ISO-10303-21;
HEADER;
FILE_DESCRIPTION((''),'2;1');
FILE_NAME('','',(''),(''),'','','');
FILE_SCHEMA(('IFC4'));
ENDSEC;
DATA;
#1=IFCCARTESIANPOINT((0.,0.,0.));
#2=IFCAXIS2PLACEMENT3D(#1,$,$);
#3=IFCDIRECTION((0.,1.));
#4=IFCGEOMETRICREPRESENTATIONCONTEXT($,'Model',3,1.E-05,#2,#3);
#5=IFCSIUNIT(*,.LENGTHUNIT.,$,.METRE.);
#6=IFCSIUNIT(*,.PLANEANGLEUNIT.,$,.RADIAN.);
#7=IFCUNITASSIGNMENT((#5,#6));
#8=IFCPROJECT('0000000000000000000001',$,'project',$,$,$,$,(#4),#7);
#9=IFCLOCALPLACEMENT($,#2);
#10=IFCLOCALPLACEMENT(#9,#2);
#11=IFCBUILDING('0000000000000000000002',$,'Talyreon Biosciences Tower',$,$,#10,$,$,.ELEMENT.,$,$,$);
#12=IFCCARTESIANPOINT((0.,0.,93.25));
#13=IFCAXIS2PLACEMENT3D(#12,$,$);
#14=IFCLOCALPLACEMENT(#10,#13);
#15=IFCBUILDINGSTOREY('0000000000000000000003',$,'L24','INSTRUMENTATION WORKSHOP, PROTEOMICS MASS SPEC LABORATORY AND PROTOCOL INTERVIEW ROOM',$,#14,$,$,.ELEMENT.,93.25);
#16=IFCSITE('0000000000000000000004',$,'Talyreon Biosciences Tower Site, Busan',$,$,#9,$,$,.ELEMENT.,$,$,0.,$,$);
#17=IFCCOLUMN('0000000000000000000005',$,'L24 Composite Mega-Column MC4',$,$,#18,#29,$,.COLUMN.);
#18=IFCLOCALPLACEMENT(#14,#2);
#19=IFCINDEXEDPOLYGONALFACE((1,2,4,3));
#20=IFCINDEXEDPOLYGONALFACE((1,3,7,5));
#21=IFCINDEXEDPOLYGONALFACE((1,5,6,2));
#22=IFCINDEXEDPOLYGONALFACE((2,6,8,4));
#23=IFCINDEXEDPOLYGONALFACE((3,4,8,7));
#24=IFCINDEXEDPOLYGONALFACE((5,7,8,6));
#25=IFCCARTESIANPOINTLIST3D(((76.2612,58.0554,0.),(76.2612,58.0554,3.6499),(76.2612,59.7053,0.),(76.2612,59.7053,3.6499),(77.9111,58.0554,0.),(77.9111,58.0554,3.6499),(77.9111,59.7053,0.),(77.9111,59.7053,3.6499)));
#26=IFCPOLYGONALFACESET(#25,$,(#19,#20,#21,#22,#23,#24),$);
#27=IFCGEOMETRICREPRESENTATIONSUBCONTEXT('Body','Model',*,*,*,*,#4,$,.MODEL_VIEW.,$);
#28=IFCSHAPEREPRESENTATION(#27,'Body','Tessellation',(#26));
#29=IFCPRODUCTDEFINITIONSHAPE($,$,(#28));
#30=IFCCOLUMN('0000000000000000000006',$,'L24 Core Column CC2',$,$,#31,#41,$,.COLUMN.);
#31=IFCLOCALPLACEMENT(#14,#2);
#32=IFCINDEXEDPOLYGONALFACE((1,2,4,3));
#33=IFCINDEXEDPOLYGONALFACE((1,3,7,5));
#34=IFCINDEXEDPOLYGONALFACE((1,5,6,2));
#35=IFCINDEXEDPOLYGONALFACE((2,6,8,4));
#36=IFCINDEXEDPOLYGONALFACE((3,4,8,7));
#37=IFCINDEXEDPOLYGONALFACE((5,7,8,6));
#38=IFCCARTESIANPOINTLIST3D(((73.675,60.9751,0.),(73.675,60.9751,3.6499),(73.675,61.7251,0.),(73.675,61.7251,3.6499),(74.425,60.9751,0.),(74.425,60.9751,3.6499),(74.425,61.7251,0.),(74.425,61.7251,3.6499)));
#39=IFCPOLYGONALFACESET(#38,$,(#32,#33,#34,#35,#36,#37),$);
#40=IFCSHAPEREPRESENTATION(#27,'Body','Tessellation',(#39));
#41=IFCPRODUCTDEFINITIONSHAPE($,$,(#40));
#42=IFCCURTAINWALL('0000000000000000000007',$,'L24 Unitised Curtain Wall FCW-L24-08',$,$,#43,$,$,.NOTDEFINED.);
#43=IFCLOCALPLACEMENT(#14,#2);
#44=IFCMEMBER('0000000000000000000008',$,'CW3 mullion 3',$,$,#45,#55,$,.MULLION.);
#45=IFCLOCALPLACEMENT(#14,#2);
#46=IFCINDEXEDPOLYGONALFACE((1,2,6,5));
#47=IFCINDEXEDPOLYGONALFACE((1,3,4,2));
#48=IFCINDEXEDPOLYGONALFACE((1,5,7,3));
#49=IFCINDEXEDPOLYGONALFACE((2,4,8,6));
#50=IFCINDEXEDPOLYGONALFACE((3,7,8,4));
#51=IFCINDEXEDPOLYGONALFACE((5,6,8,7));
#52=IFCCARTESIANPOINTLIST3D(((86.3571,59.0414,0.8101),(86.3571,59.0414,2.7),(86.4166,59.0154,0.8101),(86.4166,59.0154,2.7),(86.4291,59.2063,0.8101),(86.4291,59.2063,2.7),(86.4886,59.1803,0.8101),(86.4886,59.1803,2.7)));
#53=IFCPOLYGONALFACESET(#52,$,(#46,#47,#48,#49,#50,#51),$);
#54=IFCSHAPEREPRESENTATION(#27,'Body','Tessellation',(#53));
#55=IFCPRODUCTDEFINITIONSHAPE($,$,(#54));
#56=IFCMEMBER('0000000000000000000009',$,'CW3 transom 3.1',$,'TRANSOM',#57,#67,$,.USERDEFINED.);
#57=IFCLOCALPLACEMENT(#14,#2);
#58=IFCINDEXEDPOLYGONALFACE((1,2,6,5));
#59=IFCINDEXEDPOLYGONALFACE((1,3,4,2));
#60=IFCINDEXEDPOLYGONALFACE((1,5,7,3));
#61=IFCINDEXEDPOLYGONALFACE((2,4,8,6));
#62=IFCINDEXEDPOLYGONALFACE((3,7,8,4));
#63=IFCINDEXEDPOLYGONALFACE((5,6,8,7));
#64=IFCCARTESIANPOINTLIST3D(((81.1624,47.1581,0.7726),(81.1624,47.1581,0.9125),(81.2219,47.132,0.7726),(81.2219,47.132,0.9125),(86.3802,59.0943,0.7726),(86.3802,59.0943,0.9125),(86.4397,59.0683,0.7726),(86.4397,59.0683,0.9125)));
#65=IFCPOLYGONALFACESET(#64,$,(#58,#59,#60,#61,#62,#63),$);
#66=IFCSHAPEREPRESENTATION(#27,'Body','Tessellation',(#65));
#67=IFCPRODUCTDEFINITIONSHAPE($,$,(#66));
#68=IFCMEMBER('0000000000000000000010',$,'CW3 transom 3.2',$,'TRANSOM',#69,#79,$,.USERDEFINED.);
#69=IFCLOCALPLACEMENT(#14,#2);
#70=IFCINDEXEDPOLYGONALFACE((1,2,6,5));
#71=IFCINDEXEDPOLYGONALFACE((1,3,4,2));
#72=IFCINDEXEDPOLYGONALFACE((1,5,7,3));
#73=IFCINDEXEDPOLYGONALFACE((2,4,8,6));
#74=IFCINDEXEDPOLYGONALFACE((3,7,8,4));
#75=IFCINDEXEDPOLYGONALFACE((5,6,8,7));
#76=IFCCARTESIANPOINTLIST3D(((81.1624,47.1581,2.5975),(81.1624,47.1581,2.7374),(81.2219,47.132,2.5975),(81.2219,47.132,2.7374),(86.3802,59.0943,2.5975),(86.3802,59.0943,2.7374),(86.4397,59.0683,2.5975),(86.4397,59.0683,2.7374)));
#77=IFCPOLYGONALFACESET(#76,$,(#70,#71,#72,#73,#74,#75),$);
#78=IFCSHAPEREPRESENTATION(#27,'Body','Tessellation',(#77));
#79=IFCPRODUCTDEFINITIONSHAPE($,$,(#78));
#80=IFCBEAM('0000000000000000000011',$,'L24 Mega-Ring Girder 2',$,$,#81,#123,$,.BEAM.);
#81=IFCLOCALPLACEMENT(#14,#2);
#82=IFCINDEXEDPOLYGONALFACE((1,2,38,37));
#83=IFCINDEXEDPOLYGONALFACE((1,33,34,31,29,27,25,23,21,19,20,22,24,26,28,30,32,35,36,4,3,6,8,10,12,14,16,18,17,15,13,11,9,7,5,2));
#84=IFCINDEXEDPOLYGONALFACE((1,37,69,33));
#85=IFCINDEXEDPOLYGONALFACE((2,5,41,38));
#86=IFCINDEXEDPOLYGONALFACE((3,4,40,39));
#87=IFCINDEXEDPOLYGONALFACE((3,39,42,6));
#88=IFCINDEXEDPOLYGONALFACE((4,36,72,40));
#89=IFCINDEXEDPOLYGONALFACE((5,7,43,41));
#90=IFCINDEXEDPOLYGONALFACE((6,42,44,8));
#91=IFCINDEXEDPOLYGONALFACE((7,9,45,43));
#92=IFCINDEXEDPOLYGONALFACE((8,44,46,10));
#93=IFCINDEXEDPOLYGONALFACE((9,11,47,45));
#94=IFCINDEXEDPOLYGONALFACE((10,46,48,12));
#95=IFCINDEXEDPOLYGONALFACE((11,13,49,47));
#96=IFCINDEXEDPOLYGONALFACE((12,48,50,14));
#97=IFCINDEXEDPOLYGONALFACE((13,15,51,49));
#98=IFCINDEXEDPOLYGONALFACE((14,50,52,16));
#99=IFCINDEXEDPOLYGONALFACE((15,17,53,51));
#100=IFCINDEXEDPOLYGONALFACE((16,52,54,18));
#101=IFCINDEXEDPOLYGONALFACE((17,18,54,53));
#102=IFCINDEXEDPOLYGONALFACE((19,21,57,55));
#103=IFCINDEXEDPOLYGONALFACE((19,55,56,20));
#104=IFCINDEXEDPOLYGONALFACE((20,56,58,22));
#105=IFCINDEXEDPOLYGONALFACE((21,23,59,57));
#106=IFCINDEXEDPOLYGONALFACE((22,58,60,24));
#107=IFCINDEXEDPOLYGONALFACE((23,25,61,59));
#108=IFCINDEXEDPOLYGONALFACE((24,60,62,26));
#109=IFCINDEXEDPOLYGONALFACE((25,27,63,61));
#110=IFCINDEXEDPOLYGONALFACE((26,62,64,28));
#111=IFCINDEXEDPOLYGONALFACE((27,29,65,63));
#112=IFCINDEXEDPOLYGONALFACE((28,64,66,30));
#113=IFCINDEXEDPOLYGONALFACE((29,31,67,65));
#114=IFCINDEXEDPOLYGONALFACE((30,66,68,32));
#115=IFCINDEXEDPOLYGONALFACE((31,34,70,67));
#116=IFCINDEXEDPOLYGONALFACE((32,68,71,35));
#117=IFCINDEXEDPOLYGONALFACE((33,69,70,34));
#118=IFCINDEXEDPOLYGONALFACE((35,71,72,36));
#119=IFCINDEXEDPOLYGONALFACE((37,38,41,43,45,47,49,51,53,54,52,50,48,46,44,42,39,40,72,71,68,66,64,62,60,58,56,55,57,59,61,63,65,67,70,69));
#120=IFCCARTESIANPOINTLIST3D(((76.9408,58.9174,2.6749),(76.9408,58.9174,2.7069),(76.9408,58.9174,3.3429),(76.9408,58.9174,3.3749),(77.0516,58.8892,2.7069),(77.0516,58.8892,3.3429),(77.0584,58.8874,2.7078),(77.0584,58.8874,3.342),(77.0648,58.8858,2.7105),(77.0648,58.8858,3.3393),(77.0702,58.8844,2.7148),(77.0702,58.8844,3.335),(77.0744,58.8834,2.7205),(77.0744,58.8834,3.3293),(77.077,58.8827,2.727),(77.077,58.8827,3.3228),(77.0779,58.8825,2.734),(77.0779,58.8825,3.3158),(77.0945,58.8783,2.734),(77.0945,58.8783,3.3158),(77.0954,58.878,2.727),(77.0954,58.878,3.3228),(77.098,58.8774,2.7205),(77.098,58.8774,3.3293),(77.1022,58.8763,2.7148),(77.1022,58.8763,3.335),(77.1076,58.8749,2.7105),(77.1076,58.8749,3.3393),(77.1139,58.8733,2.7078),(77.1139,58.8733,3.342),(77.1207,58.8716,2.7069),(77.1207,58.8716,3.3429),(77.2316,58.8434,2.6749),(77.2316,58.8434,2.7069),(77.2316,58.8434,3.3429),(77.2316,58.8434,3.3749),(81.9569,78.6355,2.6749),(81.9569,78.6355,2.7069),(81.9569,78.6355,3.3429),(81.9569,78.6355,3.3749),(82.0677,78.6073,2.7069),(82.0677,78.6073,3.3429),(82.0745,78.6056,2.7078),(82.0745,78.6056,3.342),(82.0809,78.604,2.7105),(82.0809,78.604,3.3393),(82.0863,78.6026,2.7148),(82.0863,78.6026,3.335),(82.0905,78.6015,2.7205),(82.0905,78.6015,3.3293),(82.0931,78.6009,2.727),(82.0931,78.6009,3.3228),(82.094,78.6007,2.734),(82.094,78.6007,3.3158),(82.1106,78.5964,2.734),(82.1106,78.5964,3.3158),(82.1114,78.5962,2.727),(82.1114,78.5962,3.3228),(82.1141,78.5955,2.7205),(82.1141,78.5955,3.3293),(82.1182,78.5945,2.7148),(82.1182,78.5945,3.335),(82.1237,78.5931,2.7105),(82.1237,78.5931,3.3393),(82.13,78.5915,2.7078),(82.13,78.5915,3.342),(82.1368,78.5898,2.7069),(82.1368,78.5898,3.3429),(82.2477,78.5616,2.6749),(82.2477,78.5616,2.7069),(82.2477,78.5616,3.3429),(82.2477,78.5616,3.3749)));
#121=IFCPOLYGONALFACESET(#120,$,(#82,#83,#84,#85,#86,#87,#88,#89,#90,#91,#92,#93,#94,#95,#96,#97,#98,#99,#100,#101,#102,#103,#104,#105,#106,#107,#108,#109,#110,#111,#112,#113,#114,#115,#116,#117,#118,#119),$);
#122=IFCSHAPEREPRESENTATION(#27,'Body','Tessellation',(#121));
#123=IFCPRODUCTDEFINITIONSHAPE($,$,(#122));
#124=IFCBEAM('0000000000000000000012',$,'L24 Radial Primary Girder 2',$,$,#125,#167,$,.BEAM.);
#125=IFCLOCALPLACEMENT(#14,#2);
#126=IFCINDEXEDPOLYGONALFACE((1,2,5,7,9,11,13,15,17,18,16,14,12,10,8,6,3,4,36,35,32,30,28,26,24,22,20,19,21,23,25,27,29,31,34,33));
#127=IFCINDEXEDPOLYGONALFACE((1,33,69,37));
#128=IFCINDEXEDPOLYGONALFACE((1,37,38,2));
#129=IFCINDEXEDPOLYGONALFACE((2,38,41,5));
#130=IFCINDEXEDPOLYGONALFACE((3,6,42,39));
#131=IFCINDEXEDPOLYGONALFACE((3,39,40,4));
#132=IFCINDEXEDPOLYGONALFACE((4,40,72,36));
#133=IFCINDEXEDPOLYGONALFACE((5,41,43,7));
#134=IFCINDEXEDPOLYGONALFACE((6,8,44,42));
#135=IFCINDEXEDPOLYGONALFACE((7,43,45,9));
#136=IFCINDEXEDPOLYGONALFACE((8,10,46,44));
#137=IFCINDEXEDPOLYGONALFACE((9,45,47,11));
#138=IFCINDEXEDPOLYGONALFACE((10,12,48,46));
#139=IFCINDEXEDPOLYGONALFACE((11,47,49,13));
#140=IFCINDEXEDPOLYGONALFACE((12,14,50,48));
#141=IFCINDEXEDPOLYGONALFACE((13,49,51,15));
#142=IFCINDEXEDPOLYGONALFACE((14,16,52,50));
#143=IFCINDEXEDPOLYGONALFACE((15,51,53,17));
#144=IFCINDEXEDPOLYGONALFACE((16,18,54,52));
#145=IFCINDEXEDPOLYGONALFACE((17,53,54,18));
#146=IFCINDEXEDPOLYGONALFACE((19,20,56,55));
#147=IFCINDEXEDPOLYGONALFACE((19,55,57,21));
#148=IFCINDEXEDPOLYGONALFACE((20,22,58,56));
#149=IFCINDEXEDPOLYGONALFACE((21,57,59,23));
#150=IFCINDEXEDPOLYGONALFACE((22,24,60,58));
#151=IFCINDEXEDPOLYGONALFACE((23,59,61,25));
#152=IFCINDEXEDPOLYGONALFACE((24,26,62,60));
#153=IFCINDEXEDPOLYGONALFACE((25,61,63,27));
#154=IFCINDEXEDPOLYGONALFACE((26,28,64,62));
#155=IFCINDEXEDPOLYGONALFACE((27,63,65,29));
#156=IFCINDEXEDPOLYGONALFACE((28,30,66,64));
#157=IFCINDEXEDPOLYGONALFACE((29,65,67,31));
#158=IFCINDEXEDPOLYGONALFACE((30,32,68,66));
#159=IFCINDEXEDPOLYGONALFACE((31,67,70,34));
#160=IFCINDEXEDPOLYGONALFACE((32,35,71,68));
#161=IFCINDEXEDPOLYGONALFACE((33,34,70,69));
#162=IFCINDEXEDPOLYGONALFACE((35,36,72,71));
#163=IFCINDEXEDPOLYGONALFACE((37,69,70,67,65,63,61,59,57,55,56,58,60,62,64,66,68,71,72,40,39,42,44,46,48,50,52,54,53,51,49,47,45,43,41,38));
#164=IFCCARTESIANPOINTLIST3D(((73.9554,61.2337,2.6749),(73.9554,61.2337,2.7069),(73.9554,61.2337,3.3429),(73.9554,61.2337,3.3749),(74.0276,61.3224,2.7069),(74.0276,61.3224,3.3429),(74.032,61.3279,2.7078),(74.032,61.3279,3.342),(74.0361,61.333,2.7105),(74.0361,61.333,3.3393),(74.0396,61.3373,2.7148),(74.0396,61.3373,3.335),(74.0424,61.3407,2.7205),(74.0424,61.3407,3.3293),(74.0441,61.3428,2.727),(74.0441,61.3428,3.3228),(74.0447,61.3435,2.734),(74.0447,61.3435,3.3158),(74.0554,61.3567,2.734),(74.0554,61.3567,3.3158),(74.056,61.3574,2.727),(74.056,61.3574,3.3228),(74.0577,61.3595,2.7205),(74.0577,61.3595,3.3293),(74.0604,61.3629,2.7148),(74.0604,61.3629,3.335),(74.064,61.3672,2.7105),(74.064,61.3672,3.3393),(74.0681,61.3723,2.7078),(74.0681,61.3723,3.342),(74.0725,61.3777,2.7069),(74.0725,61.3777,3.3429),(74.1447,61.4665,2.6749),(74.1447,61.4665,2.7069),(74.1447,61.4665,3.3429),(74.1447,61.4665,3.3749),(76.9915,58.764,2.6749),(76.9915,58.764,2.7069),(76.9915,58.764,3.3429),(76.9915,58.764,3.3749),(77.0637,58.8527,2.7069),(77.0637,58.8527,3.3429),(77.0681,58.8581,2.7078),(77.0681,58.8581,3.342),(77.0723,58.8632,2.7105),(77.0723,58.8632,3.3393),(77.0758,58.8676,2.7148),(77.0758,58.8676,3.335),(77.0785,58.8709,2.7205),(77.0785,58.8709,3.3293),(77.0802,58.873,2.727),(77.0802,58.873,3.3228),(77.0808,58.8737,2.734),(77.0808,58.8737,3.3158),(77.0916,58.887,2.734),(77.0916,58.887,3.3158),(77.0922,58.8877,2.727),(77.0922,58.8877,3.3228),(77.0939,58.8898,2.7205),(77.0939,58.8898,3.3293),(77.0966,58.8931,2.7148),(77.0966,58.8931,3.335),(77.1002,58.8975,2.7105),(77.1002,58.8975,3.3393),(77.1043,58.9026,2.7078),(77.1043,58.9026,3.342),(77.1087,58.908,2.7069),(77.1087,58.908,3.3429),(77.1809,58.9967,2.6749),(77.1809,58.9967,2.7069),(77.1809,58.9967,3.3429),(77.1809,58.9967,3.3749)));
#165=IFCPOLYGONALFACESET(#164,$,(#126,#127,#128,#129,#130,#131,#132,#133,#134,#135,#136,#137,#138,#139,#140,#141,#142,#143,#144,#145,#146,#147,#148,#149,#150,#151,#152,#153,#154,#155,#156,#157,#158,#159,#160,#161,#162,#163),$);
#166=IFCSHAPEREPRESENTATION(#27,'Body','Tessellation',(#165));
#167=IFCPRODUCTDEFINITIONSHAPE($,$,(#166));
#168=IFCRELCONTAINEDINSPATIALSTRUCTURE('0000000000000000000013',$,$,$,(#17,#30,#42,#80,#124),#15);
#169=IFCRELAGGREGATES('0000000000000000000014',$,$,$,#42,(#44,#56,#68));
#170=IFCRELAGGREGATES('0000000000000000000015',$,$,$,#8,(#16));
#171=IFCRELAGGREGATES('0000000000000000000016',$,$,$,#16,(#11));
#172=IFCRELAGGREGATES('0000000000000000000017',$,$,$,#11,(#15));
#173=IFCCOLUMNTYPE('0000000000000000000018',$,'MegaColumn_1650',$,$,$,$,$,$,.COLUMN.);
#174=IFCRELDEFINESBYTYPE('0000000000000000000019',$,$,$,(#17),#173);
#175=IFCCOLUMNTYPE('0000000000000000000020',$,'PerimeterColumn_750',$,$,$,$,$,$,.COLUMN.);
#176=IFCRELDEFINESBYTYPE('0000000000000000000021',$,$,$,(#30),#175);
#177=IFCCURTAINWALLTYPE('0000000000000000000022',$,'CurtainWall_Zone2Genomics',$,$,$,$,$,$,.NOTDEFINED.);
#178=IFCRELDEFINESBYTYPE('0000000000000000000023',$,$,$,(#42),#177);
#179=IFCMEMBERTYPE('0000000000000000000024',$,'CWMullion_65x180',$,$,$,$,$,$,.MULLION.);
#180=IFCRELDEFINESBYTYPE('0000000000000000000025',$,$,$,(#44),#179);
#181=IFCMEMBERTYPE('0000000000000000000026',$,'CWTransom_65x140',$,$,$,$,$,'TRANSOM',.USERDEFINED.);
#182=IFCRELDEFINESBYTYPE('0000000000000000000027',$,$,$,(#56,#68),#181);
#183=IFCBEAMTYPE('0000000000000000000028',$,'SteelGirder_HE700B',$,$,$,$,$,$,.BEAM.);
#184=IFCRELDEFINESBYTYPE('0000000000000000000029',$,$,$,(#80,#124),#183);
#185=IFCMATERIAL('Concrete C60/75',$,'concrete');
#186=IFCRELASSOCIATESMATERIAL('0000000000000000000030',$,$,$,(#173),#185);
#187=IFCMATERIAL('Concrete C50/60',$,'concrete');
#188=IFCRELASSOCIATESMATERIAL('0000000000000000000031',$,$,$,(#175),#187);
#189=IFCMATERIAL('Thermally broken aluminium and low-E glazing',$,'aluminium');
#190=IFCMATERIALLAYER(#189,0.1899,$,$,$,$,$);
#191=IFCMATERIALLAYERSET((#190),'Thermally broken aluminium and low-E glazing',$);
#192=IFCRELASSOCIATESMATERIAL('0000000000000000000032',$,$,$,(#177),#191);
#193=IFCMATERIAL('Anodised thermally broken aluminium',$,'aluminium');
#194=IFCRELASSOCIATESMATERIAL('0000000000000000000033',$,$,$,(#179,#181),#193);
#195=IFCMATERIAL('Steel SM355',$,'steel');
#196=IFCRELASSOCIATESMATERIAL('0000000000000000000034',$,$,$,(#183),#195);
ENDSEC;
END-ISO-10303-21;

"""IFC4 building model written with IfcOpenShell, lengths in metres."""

from ifc_helpers import new_model, si_unit, direction, frame, origin, origin_2d, place, context, subcontext, project, spatial, rectangle, i_section, extrude, material, layer, layer_set, material_profile, profile_set, type_object, element, aggregate, save


model = new_model("IFC4")

# Units and contexts
model_context = context("Model", 3, precision=1e-05, world=origin(), true_north=direction((0.0, 1.0)))
body_context = subcontext(model_context, "Body", "Model", "MODEL_VIEW")
ifc_project = project(units=[si_unit("LENGTHUNIT", "METRE"), si_unit("PLANEANGLEUNIT", "RADIAN")], contexts=[model_context])

# Site, building, storey
site_placement = place(None, origin())
site = spatial("IfcSite", under=ifc_project, at=site_placement, Name="Talyreon Biosciences Tower Site, Busan", CompositionType="ELEMENT", RefElevation=0.0)
building_placement = place(site_placement, origin())
building = spatial("IfcBuilding", under=site, at=building_placement, Name="Talyreon Biosciences Tower", CompositionType="ELEMENT")
storey_placement = place(building_placement, frame((0.0, 0.0, 93.25)))
storey = spatial("IfcBuildingStorey", under=building, at=storey_placement, Name="L24", Description="INSTRUMENTATION WORKSHOP, PROTEOMICS MASS SPEC LABORATORY AND PROTOCOL INTERVIEW ROOM", CompositionType="ELEMENT", Elevation=93.25)

# Columns
ifc_material_1 = material(Name="Concrete C60/75", Category="concrete")
ifc_material_profile_1 = material_profile(ifc_material_1, rectangle(XDim=1.6499, YDim=1.6499, at=origin_2d()), Name="RC 1650x1650")
ifc_profile_set_1 = profile_set([ifc_material_profile_1], Name="Concrete C60/75")
column_type_1 = type_object("IfcColumnType", Name="MegaColumn_1650", PredefinedType="COLUMN", material=ifc_profile_set_1)
column_1_placement = place(storey_placement, frame((77.0862, 58.8804, 0.0), z_axis=(0.0, 0.0, 1.0), x_axis=(1.0, 0.0, 0.0)))
element("IfcColumn", 1, at=column_1_placement, inside=storey, type_object=column_type_1, Name="L24 Composite Mega-Column MC4", PredefinedType="COLUMN", context=body_context, shape_type="SweptSolid", body=[
    extrude(rectangle(XDim=1.6499, YDim=1.6499, at=origin_2d()), origin(), (0.0, 0.0, 1.0), 3.6499),
])
ifc_material_2 = material(Name="Concrete C50/60", Category="concrete")
ifc_material_profile_2 = material_profile(ifc_material_2, rectangle(XDim=0.75, YDim=0.75, at=origin_2d()), Name="RC 750x750")
ifc_profile_set_2 = profile_set([ifc_material_profile_2], Name="Concrete C50/60")
column_type_2 = type_object("IfcColumnType", Name="PerimeterColumn_750", PredefinedType="COLUMN", material=ifc_profile_set_2)
column_2_placement = place(storey_placement, frame((74.05, 61.3501, 0.0), z_axis=(0.0, 0.0, 1.0), x_axis=(1.0, 0.0, 0.0)))
element("IfcColumn", 2, at=column_2_placement, inside=storey, type_object=column_type_2, Name="L24 Core Column CC2", PredefinedType="COLUMN", context=body_context, shape_type="SweptSolid", body=[
    extrude(rectangle(XDim=0.75, YDim=0.75, at=origin_2d()), origin(), (0.0, 0.0, 1.0), 3.6499),
])

# Curtain wall, members
ifc_material_3 = material(Name="Thermally broken aluminium and low-E glazing", Category="aluminium")
ifc_layer_1 = layer(ifc_material_3, 0.1899)
ifc_layer_set_1 = layer_set([ifc_layer_1], Name="Thermally broken aluminium and low-E glazing")
curtain_wall_type = type_object("IfcCurtainWallType", Name="CurtainWall_Zone2Genomics", PredefinedType="NOTDEFINED", material=ifc_layer_set_1)
curtain_wall_placement = place(storey_placement, origin())
curtain_wall = element("IfcCurtainWall", 3, at=curtain_wall_placement, inside=storey, type_object=curtain_wall_type, Name="L24 Unitised Curtain Wall FCW-L24-08", PredefinedType="NOTDEFINED")
ifc_material_4 = material(Name="Anodised thermally broken aluminium", Category="aluminium")
ifc_material_profile_3 = material_profile(ifc_material_4, rectangle(XDim=0.0649, YDim=0.1799, at=origin_2d()), Name="ALUM MULLION 65x180")
ifc_profile_set_3 = profile_set([ifc_material_profile_3], Name="Anodised thermally broken aluminium")
member_type_1 = type_object("IfcMemberType", Name="CWMullion_65x180", PredefinedType="MULLION", material=ifc_profile_set_3)
member_1_placement = place(storey_placement, frame((86.4229, 59.1108, 0.8101), z_axis=(0.0, 0.0, 1.0), x_axis=(0.916278, -0.400542, 0.0)))
member_1 = element("IfcMember", 4, at=member_1_placement, type_object=member_type_1, Name="CW3 mullion 3", PredefinedType="MULLION", context=body_context, shape_type="SweptSolid", body=[
    extrude(rectangle(XDim=0.0649, YDim=0.1799, at=origin_2d()), origin(), (0.0, 0.0, 1.0), 1.8899),
])
ifc_material_profile_4 = material_profile(ifc_material_4, rectangle(XDim=0.0649, YDim=0.1399, at=origin_2d()), Name="ALUM TRANSOM 65x140")
ifc_profile_set_4 = profile_set([ifc_material_profile_4], Name="Anodised thermally broken aluminium")
member_type_2 = type_object("IfcMemberType", Name="CWTransom_65x140", ElementType="TRANSOM", PredefinedType="USERDEFINED", material=ifc_profile_set_4)
member_2_placement = place(storey_placement, frame((86.4099, 59.0813, 0.8425), z_axis=(-0.400539, -0.91628, 0.0), x_axis=(0.91628, -0.400539, 0.0)))
member_2 = element("IfcMember", 5, at=member_2_placement, type_object=member_type_2, Name="CW3 transom 3.1", ObjectType="TRANSOM", PredefinedType="USERDEFINED", context=body_context, shape_type="SweptSolid", body=[
    extrude(rectangle(XDim=0.0649, YDim=0.1399, at=origin_2d()), origin(), (0.0, 0.0, 1.0), 13.0269),
])
member_3_placement = place(storey_placement, frame((86.4099, 59.0813, 2.6675), z_axis=(-0.400539, -0.91628, 0.0), x_axis=(0.91628, -0.400539, 0.0)))
member_3 = element("IfcMember", 6, at=member_3_placement, type_object=member_type_2, Name="CW3 transom 3.2", ObjectType="TRANSOM", PredefinedType="USERDEFINED", context=body_context, shape_type="SweptSolid", body=[
    extrude(rectangle(XDim=0.0649, YDim=0.1399, at=origin_2d()), origin(), (0.0, 0.0, 1.0), 13.0269),
])

# Beams
ifc_material_5 = material(Name="Steel SM355", Category="steel")
ifc_material_profile_5 = material_profile(ifc_material_5, i_section(OverallWidth=0.3, OverallDepth=0.7, WebThickness=0.0171, FlangeThickness=0.032, FilletRadius=0.0271, at=origin_2d()), Name="HE700B")
ifc_profile_set_5 = profile_set([ifc_material_profile_5], Name="Steel SM355")
beam_type_1 = type_object("IfcBeamType", Name="SteelGirder_HE700B", PredefinedType="BEAM", material=ifc_profile_set_5)
beam_1_placement = place(storey_placement, frame((77.0862, 58.8804, 3.0249), z_axis=(0.246537, 0.969133, 0.0), x_axis=(-0.969133, 0.246537, 0.0)))
element("IfcBeam", 7, at=beam_1_placement, inside=storey, type_object=beam_type_1, Name="L24 Mega-Ring Girder 2", PredefinedType="BEAM", context=body_context, shape_type="SweptSolid", body=[
    extrude(i_section(OverallWidth=0.3, OverallDepth=0.7, WebThickness=0.0171, FlangeThickness=0.032, FilletRadius=0.0271, at=origin_2d()), origin(), (0.0, 0.0, 1.0), 20.3462),
])
beam_2_placement = place(storey_placement, frame((74.05, 61.3501, 3.0249), z_axis=(0.775755, -0.631034, 0.0), x_axis=(0.631034, 0.775755, 0.0)))
element("IfcBeam", 8, at=beam_2_placement, inside=storey, type_object=beam_type_1, Name="L24 Radial Primary Girder 2", PredefinedType="BEAM", context=body_context, shape_type="SweptSolid", body=[
    extrude(i_section(OverallWidth=0.3, OverallDepth=0.7, WebThickness=0.0171, FlangeThickness=0.032, FilletRadius=0.0271, at=origin_2d()), origin(), (0.0, 0.0, 1.0), 3.9138),
])

aggregate(curtain_wall, [member_1, member_2, member_3])

save(model, "model.ifc")
